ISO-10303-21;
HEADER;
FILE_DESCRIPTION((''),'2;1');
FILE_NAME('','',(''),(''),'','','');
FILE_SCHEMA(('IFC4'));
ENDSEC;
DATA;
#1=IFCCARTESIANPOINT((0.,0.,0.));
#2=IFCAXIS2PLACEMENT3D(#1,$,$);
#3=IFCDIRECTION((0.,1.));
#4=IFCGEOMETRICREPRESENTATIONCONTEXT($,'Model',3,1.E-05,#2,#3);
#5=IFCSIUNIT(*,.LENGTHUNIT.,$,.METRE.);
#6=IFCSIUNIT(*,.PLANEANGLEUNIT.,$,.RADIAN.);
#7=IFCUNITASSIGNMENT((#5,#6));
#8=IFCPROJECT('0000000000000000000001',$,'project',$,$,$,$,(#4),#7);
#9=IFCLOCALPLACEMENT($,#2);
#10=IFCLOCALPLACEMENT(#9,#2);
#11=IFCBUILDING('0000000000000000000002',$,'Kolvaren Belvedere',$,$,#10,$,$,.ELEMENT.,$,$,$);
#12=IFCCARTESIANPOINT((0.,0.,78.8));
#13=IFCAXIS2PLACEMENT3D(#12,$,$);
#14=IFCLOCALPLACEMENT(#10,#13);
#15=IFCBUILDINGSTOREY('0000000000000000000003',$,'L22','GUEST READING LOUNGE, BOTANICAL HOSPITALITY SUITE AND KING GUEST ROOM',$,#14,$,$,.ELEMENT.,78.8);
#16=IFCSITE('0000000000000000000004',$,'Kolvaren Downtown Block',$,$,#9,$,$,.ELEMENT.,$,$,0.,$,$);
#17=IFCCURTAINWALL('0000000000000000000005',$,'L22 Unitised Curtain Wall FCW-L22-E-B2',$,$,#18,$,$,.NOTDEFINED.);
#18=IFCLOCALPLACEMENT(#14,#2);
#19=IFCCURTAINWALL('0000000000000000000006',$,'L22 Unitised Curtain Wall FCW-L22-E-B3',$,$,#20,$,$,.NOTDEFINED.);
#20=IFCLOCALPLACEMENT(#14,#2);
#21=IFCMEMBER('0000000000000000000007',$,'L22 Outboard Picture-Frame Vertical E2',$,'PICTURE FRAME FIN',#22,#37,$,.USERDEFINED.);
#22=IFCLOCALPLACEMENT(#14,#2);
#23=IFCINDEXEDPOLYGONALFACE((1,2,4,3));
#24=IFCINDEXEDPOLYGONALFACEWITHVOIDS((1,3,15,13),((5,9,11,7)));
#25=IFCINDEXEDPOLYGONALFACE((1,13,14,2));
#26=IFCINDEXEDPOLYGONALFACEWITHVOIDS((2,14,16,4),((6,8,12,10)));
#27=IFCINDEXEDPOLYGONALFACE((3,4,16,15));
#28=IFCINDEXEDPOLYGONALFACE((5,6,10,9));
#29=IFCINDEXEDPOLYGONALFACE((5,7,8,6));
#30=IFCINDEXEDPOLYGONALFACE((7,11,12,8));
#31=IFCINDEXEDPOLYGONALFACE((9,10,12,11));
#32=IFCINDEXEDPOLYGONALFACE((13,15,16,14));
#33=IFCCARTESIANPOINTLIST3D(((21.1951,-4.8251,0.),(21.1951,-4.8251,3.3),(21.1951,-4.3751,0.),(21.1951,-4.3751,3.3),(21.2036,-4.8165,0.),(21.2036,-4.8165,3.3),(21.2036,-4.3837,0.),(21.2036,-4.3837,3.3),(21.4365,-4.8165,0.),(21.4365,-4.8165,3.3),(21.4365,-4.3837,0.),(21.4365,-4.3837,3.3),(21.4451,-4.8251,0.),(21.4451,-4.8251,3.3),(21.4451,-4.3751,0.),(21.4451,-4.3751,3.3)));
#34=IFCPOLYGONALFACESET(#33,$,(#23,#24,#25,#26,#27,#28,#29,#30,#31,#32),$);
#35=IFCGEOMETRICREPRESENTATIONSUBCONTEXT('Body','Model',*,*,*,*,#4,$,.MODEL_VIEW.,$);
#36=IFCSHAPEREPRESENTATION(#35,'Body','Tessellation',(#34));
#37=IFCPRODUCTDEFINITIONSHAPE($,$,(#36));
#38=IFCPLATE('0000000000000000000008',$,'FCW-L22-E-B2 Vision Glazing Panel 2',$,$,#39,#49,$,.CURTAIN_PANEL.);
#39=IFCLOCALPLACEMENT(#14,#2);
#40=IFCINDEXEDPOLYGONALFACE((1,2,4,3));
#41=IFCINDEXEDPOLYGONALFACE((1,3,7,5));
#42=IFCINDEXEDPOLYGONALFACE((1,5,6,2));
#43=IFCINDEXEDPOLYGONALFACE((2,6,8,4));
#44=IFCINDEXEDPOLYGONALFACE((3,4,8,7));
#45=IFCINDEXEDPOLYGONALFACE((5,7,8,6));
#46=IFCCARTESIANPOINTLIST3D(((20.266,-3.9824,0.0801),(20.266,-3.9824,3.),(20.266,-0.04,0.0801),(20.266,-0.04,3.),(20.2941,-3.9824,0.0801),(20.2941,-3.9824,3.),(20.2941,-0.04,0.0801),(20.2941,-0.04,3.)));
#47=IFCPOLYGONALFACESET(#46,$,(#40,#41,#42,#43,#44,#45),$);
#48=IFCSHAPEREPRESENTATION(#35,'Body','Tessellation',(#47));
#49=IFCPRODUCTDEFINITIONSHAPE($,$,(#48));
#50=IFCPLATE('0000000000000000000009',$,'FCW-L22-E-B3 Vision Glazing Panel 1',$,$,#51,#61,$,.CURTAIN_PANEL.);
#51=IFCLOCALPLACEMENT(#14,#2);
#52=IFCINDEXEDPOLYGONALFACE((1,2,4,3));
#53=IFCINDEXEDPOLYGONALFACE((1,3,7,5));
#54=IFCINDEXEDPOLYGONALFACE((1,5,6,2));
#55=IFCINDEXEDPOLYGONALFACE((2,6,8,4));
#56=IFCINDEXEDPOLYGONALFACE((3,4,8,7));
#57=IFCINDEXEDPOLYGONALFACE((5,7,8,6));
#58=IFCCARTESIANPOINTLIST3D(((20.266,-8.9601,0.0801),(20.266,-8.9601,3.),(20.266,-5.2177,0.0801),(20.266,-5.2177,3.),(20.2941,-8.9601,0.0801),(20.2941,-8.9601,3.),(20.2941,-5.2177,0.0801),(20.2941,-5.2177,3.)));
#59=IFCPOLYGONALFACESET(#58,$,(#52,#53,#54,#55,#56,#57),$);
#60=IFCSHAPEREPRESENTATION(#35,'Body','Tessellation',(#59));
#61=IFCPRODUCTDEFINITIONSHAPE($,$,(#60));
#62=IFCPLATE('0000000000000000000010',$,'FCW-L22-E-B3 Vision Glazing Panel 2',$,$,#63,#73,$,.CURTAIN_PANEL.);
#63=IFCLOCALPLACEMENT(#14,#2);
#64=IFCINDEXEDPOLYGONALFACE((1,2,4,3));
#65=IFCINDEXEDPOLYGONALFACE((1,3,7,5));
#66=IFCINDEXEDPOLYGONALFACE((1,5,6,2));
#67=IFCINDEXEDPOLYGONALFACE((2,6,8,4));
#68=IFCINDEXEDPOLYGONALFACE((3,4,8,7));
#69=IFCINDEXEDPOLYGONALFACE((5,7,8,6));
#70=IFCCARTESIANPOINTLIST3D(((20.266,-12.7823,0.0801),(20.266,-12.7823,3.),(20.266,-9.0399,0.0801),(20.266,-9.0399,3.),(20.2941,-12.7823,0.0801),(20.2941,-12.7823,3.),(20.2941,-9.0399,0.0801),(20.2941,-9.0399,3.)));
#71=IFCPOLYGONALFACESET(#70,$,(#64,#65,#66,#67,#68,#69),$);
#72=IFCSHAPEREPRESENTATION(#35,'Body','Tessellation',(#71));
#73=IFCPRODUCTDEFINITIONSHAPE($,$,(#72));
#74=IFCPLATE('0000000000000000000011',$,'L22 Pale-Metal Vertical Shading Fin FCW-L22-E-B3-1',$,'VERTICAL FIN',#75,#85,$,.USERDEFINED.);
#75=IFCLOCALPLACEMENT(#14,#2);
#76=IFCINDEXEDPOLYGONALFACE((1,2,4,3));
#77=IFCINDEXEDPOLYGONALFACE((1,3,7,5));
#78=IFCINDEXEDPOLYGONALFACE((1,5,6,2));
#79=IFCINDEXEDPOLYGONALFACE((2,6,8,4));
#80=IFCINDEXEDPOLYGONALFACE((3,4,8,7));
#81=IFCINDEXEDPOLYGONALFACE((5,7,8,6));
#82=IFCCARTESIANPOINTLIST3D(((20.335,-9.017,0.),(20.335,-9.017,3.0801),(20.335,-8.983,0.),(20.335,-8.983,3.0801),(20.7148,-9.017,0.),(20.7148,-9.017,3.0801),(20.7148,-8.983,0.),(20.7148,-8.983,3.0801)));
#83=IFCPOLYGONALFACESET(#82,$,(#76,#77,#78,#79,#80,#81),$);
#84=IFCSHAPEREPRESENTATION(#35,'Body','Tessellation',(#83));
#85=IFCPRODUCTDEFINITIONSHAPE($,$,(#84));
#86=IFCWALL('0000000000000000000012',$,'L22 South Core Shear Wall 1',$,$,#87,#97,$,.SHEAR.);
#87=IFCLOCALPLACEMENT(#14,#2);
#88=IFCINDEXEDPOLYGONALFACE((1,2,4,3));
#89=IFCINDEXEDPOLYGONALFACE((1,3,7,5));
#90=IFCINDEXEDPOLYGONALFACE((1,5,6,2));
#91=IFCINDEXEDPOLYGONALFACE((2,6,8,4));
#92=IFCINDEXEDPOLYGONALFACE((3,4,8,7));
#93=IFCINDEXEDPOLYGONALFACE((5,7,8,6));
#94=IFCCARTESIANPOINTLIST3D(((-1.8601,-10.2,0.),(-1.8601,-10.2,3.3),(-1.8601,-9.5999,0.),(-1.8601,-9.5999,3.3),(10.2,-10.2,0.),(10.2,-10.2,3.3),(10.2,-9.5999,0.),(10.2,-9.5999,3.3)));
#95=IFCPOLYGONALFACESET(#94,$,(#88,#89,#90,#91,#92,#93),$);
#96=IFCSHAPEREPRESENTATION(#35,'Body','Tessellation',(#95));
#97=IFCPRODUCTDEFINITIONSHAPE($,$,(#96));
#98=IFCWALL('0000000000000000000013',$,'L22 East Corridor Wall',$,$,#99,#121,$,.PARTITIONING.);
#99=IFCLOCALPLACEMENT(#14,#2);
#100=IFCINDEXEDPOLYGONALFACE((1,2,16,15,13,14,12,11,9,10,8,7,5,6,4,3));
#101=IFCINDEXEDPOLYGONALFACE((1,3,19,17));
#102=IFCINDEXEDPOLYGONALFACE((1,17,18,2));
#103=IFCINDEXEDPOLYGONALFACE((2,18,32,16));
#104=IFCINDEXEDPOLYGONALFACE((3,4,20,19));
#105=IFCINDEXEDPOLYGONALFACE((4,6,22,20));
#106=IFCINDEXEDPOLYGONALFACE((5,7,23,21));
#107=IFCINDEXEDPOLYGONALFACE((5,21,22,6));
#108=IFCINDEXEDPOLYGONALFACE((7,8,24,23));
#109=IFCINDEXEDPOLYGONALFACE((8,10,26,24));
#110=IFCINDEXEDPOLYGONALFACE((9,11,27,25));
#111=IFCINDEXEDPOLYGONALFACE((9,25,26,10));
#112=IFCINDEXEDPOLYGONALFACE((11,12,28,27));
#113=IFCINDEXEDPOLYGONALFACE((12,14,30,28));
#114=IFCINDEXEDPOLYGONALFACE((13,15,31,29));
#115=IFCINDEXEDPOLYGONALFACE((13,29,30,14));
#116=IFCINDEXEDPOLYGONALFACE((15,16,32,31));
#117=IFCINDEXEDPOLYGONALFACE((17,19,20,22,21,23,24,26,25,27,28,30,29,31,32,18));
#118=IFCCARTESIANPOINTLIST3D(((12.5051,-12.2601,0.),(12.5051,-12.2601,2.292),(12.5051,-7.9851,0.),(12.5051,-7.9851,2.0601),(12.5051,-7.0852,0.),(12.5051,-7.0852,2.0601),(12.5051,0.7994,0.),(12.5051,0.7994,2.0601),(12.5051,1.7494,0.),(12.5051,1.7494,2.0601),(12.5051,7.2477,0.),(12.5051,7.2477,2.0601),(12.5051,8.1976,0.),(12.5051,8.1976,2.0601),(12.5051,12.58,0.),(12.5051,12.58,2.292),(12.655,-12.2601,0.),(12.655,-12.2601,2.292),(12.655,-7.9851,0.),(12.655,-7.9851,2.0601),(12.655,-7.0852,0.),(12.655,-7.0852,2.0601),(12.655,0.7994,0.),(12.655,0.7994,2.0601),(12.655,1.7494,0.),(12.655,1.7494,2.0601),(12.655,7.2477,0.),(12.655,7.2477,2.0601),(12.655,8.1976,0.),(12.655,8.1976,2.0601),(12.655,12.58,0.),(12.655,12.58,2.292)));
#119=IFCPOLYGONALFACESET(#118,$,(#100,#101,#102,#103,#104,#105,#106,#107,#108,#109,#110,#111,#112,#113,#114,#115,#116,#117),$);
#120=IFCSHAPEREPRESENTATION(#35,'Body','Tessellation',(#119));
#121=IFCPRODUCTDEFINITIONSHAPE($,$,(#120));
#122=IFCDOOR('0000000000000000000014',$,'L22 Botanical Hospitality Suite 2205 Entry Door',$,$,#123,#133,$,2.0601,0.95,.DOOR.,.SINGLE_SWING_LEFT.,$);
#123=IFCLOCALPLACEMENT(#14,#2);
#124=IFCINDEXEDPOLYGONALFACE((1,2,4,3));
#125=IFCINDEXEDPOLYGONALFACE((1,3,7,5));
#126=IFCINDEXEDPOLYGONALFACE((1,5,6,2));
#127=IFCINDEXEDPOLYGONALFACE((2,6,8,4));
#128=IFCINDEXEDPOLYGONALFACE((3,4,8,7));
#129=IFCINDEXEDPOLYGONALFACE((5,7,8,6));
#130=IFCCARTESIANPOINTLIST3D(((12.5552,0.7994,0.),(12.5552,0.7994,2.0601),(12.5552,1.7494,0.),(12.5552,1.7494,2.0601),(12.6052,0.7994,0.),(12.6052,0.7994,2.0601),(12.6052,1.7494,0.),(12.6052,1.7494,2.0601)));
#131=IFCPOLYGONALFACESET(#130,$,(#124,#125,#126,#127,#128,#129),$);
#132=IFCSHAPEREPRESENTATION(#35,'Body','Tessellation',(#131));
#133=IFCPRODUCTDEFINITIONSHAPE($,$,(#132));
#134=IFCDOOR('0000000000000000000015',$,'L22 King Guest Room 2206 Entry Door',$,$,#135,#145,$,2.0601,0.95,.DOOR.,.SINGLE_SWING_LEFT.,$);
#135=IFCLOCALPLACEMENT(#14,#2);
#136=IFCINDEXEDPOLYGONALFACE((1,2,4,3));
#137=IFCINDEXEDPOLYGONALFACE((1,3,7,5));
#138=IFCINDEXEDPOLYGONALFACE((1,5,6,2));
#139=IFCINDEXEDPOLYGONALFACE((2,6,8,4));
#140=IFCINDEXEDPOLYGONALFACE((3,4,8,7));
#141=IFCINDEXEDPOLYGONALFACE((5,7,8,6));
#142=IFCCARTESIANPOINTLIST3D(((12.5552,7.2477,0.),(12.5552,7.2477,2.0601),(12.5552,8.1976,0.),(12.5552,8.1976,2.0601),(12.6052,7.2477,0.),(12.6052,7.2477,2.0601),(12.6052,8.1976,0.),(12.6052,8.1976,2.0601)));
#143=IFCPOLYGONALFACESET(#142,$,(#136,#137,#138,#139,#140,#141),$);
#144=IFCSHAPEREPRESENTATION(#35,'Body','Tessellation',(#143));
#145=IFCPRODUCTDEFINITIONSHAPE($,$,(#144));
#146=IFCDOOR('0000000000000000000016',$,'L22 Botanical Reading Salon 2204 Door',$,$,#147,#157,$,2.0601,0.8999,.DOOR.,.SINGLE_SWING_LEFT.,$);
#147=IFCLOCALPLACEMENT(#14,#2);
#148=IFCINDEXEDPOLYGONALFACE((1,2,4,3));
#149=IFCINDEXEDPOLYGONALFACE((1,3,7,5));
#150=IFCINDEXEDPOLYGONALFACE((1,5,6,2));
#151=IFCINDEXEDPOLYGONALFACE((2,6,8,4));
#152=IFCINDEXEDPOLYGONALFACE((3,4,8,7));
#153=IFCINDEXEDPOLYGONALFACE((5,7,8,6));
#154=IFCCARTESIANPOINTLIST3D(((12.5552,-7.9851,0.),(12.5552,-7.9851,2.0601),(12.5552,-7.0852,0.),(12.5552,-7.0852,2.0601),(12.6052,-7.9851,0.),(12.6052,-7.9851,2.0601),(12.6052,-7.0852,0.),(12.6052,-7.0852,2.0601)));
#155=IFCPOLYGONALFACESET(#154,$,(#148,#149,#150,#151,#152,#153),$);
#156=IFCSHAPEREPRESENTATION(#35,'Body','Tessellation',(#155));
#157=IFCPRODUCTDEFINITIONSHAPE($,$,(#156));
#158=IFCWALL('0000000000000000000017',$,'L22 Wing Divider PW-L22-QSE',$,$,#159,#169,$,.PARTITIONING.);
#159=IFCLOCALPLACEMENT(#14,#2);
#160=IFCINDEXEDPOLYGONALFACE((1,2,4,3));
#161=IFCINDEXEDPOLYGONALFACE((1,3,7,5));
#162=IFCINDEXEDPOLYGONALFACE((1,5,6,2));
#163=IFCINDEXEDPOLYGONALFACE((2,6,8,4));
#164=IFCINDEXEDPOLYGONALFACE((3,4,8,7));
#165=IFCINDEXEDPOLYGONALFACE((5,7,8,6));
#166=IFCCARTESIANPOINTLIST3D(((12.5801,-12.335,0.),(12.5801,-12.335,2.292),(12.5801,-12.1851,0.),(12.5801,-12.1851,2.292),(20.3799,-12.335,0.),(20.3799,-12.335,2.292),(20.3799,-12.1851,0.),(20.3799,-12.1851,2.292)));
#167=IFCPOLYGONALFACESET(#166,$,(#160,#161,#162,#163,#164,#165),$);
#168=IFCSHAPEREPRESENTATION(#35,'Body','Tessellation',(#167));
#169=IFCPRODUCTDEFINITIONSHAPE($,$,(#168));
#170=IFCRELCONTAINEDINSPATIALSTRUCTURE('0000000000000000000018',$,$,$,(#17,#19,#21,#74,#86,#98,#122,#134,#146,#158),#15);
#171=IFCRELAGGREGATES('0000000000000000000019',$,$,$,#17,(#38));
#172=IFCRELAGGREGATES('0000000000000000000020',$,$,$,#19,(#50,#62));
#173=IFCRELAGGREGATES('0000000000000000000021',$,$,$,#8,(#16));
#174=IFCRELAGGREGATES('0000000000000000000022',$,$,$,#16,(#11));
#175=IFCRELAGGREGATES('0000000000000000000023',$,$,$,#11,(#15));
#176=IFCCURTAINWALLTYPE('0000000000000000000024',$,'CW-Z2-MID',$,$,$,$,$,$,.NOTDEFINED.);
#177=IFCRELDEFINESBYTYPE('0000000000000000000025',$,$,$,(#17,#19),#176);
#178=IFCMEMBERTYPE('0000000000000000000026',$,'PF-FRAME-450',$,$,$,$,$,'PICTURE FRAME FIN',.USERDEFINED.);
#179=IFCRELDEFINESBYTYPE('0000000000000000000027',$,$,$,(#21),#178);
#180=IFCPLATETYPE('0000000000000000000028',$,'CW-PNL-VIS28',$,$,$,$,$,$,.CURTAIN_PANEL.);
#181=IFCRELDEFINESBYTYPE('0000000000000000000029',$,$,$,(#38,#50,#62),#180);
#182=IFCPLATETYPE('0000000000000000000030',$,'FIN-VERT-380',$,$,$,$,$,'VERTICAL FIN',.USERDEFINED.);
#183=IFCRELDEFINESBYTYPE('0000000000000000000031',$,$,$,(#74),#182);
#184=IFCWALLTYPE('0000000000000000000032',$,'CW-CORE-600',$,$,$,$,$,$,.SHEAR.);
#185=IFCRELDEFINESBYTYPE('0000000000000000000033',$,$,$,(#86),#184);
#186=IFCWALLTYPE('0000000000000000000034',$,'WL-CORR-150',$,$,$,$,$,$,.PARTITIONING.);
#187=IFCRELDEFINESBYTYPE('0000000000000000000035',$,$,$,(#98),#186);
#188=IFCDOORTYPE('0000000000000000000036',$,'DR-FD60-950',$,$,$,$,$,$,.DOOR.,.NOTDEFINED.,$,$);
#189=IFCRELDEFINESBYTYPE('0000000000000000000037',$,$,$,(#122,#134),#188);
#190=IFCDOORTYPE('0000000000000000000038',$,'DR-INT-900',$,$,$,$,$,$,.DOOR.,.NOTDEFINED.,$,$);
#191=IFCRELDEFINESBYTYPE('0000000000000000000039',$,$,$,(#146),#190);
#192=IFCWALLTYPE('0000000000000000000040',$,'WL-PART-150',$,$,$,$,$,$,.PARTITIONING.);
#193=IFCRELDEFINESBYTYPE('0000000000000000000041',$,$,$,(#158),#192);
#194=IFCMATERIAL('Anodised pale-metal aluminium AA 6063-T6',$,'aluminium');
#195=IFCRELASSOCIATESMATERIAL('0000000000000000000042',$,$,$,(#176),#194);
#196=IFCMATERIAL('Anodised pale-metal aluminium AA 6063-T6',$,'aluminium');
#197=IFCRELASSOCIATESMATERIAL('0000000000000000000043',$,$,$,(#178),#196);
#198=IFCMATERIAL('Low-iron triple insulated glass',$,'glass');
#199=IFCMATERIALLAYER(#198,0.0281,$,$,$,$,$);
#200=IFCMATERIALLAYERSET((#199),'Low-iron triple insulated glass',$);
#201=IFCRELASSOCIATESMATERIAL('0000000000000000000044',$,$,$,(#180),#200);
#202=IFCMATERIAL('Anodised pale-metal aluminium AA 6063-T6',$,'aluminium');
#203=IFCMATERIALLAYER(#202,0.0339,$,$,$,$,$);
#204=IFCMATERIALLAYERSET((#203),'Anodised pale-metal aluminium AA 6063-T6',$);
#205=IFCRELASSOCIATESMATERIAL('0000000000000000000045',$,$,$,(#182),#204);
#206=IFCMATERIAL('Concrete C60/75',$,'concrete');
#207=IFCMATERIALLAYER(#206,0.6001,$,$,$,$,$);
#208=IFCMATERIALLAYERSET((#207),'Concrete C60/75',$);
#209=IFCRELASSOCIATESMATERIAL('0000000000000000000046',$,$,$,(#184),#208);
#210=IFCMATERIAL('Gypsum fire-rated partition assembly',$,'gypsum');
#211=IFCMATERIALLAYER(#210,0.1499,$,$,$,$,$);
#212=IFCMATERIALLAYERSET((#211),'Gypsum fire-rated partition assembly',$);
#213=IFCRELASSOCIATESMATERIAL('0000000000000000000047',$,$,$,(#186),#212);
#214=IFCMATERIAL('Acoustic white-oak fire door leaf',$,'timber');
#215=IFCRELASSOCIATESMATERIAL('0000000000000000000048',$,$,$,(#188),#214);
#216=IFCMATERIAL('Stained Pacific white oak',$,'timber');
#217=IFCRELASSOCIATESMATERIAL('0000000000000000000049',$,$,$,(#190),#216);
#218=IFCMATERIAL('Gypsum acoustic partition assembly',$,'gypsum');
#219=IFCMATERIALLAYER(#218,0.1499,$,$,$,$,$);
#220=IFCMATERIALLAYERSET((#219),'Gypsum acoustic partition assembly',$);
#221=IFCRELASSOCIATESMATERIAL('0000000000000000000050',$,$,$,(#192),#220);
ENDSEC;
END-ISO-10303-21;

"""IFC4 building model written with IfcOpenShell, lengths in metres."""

from ifc_helpers import new_model, si_unit, direction, frame, frame_2d, origin, origin_2d, place, context, subcontext, project, spatial, rectangle, hollow_rectangle, extrude, material, layer, layer_set, material_profile, profile_set, type_object, element, fill, aggregate, save


model = new_model("IFC4")

# Units and contexts
model_context = context("Model", 3, precision=1e-05, world=origin(), true_north=direction((0.0, 1.0)))
body_context = subcontext(model_context, "Body", "Model", "MODEL_VIEW")
ifc_project = project(units=[si_unit("LENGTHUNIT", "METRE"), si_unit("PLANEANGLEUNIT", "RADIAN")], contexts=[model_context])

# Site, building, storey
site_placement = place(None, origin())
site = spatial("IfcSite", under=ifc_project, at=site_placement, Name="Kolvaren Downtown Block", CompositionType="ELEMENT", RefElevation=0.0)
building_placement = place(site_placement, origin())
building = spatial("IfcBuilding", under=site, at=building_placement, Name="Kolvaren Belvedere", CompositionType="ELEMENT")
storey_placement = place(building_placement, frame((0.0, 0.0, 78.8)))
storey = spatial("IfcBuildingStorey", under=building, at=storey_placement, Name="L22", Description="GUEST READING LOUNGE, BOTANICAL HOSPITALITY SUITE AND KING GUEST ROOM", CompositionType="ELEMENT", Elevation=78.8)

# Curtain wall
ifc_material_1 = material(Name="Anodised pale-metal aluminium AA 6063-T6", Category="aluminium")
curtain_wall_type = type_object("IfcCurtainWallType", Name="CW-Z2-MID", PredefinedType="NOTDEFINED", material=ifc_material_1)
curtain_wall_1_placement = place(storey_placement, origin())
curtain_wall_1 = element("IfcCurtainWall", 1, at=curtain_wall_1_placement, inside=storey, type_object=curtain_wall_type, Name="L22 Unitised Curtain Wall FCW-L22-E-B2", PredefinedType="NOTDEFINED")

# Curtain wall
curtain_wall_2_placement = place(storey_placement, origin())
curtain_wall_2 = element("IfcCurtainWall", 2, at=curtain_wall_2_placement, inside=storey, type_object=curtain_wall_type, Name="L22 Unitised Curtain Wall FCW-L22-E-B3", PredefinedType="NOTDEFINED")

# Member
ifc_material_2 = material(Name="Anodised pale-metal aluminium AA 6063-T6", Category="aluminium")
ifc_material_profile_1 = material_profile(ifc_material_2, hollow_rectangle(XDim=0.25, YDim=0.45, WallThickness=0.0085, at=origin_2d()), Name="ALU-PF-450X250")
ifc_profile_set_1 = profile_set([ifc_material_profile_1], Name="Anodised pale-metal aluminium AA 6063-T6")
member_type_1 = type_object("IfcMemberType", Name="PF-FRAME-450", ElementType="PICTURE FRAME FIN", PredefinedType="USERDEFINED", material=ifc_profile_set_1)
member_1_placement = place(storey_placement, frame((21.3201, -4.6001, 0.0), z_axis=(0.0, 0.0, 1.0), x_axis=(1.0, 0.0, 0.0)))
element("IfcMember", 3, at=member_1_placement, inside=storey, type_object=member_type_1, Name="L22 Outboard Picture-Frame Vertical E2", ObjectType="PICTURE FRAME FIN", PredefinedType="USERDEFINED", context=body_context, shape_type="SweptSolid", body=[
    extrude(hollow_rectangle(XDim=0.25, YDim=0.45, WallThickness=0.0085, at=origin_2d()), origin(), (0.0, 0.0, 1.0), 3.3),
])

# Plates
ifc_material_3 = material(Name="Low-iron triple insulated glass", Category="glass")
ifc_layer_1 = layer(ifc_material_3, 0.0281)
ifc_layer_set_1 = layer_set([ifc_layer_1], Name="Low-iron triple insulated glass")
plate_type_1 = type_object("IfcPlateType", Name="CW-PNL-VIS28", PredefinedType="CURTAIN_PANEL", material=ifc_layer_set_1)
plate_1_placement = place(storey_placement, frame((20.28, -2.0112, 0.0801), z_axis=(0.0, 0.0, 1.0), x_axis=(0.0, -1.0, 0.0)))
plate_1 = element("IfcPlate", 4, at=plate_1_placement, type_object=plate_type_1, Name="FCW-L22-E-B2 Vision Glazing Panel 2", PredefinedType="CURTAIN_PANEL", context=body_context, shape_type="SweptSolid", body=[
    extrude(rectangle(XDim=3.9424, YDim=0.0281, at=origin_2d()), origin(), (0.0, 0.0, 1.0), 2.9199),
])
aggregate(curtain_wall_1, [plate_1])
plate_2_placement = place(storey_placement, frame((20.28, -7.0889, 0.0801), z_axis=(0.0, 0.0, 1.0), x_axis=(0.0, -1.0, 0.0)))
plate_2 = element("IfcPlate", 5, at=plate_2_placement, type_object=plate_type_1, Name="FCW-L22-E-B3 Vision Glazing Panel 1", PredefinedType="CURTAIN_PANEL", context=body_context, shape_type="SweptSolid", body=[
    extrude(rectangle(XDim=3.7424, YDim=0.0281, at=origin_2d()), origin(), (0.0, 0.0, 1.0), 2.9199),
])
plate_3_placement = place(storey_placement, frame((20.28, -10.9111, 0.0801), z_axis=(0.0, 0.0, 1.0), x_axis=(0.0, -1.0, 0.0)))
plate_3 = element("IfcPlate", 6, at=plate_3_placement, type_object=plate_type_1, Name="FCW-L22-E-B3 Vision Glazing Panel 2", PredefinedType="CURTAIN_PANEL", context=body_context, shape_type="SweptSolid", body=[
    extrude(rectangle(XDim=3.7424, YDim=0.0281, at=origin_2d()), origin(), (0.0, 0.0, 1.0), 2.9199),
])
aggregate(curtain_wall_2, [plate_2, plate_3])
ifc_material_4 = material(Name="Anodised pale-metal aluminium AA 6063-T6", Category="aluminium")
ifc_layer_2 = layer(ifc_material_4, 0.0339)
ifc_layer_set_2 = layer_set([ifc_layer_2], Name="Anodised pale-metal aluminium AA 6063-T6")
plate_type_2 = type_object("IfcPlateType", Name="FIN-VERT-380", ElementType="VERTICAL FIN", PredefinedType="USERDEFINED", material=ifc_layer_set_2)
plate_4_placement = place(storey_placement, frame((20.5249, -9.0, 0.0), z_axis=(0.0, 0.0, 1.0), x_axis=(1.0, 0.0, 0.0)))
element("IfcPlate", 7, at=plate_4_placement, inside=storey, type_object=plate_type_2, Name="L22 Pale-Metal Vertical Shading Fin FCW-L22-E-B3-1", ObjectType="VERTICAL FIN", PredefinedType="USERDEFINED", context=body_context, shape_type="SweptSolid", body=[
    extrude(rectangle(XDim=0.3799, YDim=0.0339, at=origin_2d()), origin(), (0.0, 0.0, 1.0), 3.0801),
])

# Wall
ifc_material_5 = material(Name="Concrete C60/75", Category="concrete")
ifc_layer_3 = layer(ifc_material_5, 0.6001)
ifc_layer_set_3 = layer_set([ifc_layer_3], Name="Concrete C60/75")
wall_type_1 = type_object("IfcWallType", Name="CW-CORE-600", PredefinedType="SHEAR", material=ifc_layer_set_3)
wall_1_placement = place(storey_placement, frame((10.2, -9.8999, 0.0), z_axis=(0.0, 0.0, 1.0), x_axis=(-1.0, 0.0, 0.0)))
element("IfcWall", 8, at=wall_1_placement, inside=storey, type_object=wall_type_1, Name="L22 South Core Shear Wall 1", PredefinedType="SHEAR", context=body_context, shape_type="SweptSolid", body=[
    extrude(rectangle(XDim=12.0601, YDim=0.6001, at=frame_2d((6.03, 0.0))), origin(), (0.0, 0.0, 1.0), 3.3),
])

# Wall, openings, doors
ifc_material_6 = material(Name="Gypsum fire-rated partition assembly", Category="gypsum")
ifc_layer_4 = layer(ifc_material_6, 0.1499)
ifc_layer_set_4 = layer_set([ifc_layer_4], Name="Gypsum fire-rated partition assembly")
wall_type_2 = type_object("IfcWallType", Name="WL-CORR-150", PredefinedType="PARTITIONING", material=ifc_layer_set_4)
wall_2_placement = place(storey_placement, frame((12.5801, -12.26, 0.0), z_axis=(0.0, 0.0, 1.0), x_axis=(0.0, 1.0, 0.0)))
wall_2 = element("IfcWall", 9, at=wall_2_placement, inside=storey, type_object=wall_type_2, Name="L22 East Corridor Wall", PredefinedType="PARTITIONING", context=body_context, shape_type="SweptSolid", body=[
    extrude(rectangle(XDim=24.8401, YDim=0.1499, at=frame_2d((12.4199, 0.0))), origin(), (0.0, 0.0, 1.0), 2.292),
])
opening_1_placement = place(wall_2_placement, frame((4.2749, 0.0, 0.0)))
opening_1 = element("IfcOpeningElement", 10, at=opening_1_placement, cuts=wall_2, PredefinedType="OPENING", context=body_context, shape_type="SweptSolid", body=[
    extrude(rectangle(XDim=0.8999, YDim=2.0601, at=frame_2d((0.45, 1.03))), frame((0.0, 0.085, 0.0), z_axis=(0.0, -1.0, 0.0), x_axis=(1.0, 0.0, 0.0)), (0.0, 0.0, 1.0), 0.1699),
])
opening_2_placement = place(wall_2_placement, frame((13.0593, 0.0, 0.0)))
opening_2 = element("IfcOpeningElement", 11, at=opening_2_placement, cuts=wall_2, PredefinedType="OPENING", context=body_context, shape_type="SweptSolid", body=[
    extrude(rectangle(XDim=0.95, YDim=2.0601, at=frame_2d((0.4751, 1.03))), frame((0.0, 0.085, 0.0), z_axis=(0.0, -1.0, 0.0), x_axis=(1.0, 0.0, 0.0)), (0.0, 0.0, 1.0), 0.1699),
])
opening_3_placement = place(wall_2_placement, frame((19.5076, 0.0, 0.0)))
opening_3 = element("IfcOpeningElement", 12, at=opening_3_placement, cuts=wall_2, PredefinedType="OPENING", context=body_context, shape_type="SweptSolid", body=[
    extrude(rectangle(XDim=0.95, YDim=2.0601, at=frame_2d((0.4751, 1.03))), frame((0.0, 0.085, 0.0), z_axis=(0.0, -1.0, 0.0), x_axis=(1.0, 0.0, 0.0)), (0.0, 0.0, 1.0), 0.1699),
])
ifc_material_7 = material(Name="Acoustic white-oak fire door leaf", Category="timber")
door_type_1 = type_object("IfcDoorType", Name="DR-FD60-950", OperationType="NOTDEFINED", PredefinedType="DOOR", material=ifc_material_7)
door_1_placement = place(opening_2_placement, origin())
door_1 = element("IfcDoor", 13, at=door_1_placement, inside=storey, type_object=door_type_1, Name="L22 Botanical Hospitality Suite 2205 Entry Door", OperationType="SINGLE_SWING_LEFT", OverallHeight=2.0601, OverallWidth=0.95, PredefinedType="DOOR", context=body_context, shape_type="SweptSolid", body=[
    extrude(rectangle(XDim=0.95, YDim=2.0601, at=frame_2d((0.4751, 1.03))), frame((0.0, 0.0249, 0.0), z_axis=(0.0, -1.0, 0.0), x_axis=(1.0, 0.0, 0.0)), (0.0, 0.0, 1.0), 0.05),
])
fill(opening_2, door_1)
door_2_placement = place(opening_3_placement, origin())
door_2 = element("IfcDoor", 14, at=door_2_placement, inside=storey, type_object=door_type_1, Name="L22 King Guest Room 2206 Entry Door", OperationType="SINGLE_SWING_LEFT", OverallHeight=2.0601, OverallWidth=0.95, PredefinedType="DOOR", context=body_context, shape_type="SweptSolid", body=[
    extrude(rectangle(XDim=0.95, YDim=2.0601, at=frame_2d((0.4751, 1.03))), frame((0.0, 0.0249, 0.0), z_axis=(0.0, -1.0, 0.0), x_axis=(1.0, 0.0, 0.0)), (0.0, 0.0, 1.0), 0.05),
])
fill(opening_3, door_2)
ifc_material_8 = material(Name="Stained Pacific white oak", Category="timber")
door_type_2 = type_object("IfcDoorType", Name="DR-INT-900", OperationType="NOTDEFINED", PredefinedType="DOOR", material=ifc_material_8)
door_3_placement = place(opening_1_placement, origin())
door_3 = element("IfcDoor", 15, at=door_3_placement, inside=storey, type_object=door_type_2, Name="L22 Botanical Reading Salon 2204 Door", OperationType="SINGLE_SWING_LEFT", OverallHeight=2.0601, OverallWidth=0.8999, PredefinedType="DOOR", context=body_context, shape_type="SweptSolid", body=[
    extrude(rectangle(XDim=0.8999, YDim=2.0601, at=frame_2d((0.45, 1.03))), frame((0.0, 0.0249, 0.0), z_axis=(0.0, -1.0, 0.0), x_axis=(1.0, 0.0, 0.0)), (0.0, 0.0, 1.0), 0.05),
])
fill(opening_1, door_3)

# Wall
ifc_material_9 = material(Name="Gypsum acoustic partition assembly", Category="gypsum")
ifc_layer_5 = layer(ifc_material_9, 0.1499)
ifc_layer_set_5 = layer_set([ifc_layer_5], Name="Gypsum acoustic partition assembly")
wall_type_3 = type_object("IfcWallType", Name="WL-PART-150", PredefinedType="PARTITIONING", material=ifc_layer_set_5)
for number, where, z_axis, x_axis, name in (
    (16, (12.5801, -12.26, 0.0), (0.0, 0.0, 1.0), (1.0, 0.0, 0.0), "L22 Wing Divider PW-L22-QSE"),
):
    element("IfcWall", number, at=place(storey_placement, frame(where, z_axis=z_axis, x_axis=x_axis)), inside=storey, type_object=wall_type_3, Name=name, PredefinedType="PARTITIONING", context=body_context, shape_type="SweptSolid", body=[
        extrude(rectangle(XDim=7.7998, YDim=0.1499, at=frame_2d((3.8999, 0.0))), origin(), (0.0, 0.0, 1.0), 2.292),
    ])

save(model, "model.ifc")
